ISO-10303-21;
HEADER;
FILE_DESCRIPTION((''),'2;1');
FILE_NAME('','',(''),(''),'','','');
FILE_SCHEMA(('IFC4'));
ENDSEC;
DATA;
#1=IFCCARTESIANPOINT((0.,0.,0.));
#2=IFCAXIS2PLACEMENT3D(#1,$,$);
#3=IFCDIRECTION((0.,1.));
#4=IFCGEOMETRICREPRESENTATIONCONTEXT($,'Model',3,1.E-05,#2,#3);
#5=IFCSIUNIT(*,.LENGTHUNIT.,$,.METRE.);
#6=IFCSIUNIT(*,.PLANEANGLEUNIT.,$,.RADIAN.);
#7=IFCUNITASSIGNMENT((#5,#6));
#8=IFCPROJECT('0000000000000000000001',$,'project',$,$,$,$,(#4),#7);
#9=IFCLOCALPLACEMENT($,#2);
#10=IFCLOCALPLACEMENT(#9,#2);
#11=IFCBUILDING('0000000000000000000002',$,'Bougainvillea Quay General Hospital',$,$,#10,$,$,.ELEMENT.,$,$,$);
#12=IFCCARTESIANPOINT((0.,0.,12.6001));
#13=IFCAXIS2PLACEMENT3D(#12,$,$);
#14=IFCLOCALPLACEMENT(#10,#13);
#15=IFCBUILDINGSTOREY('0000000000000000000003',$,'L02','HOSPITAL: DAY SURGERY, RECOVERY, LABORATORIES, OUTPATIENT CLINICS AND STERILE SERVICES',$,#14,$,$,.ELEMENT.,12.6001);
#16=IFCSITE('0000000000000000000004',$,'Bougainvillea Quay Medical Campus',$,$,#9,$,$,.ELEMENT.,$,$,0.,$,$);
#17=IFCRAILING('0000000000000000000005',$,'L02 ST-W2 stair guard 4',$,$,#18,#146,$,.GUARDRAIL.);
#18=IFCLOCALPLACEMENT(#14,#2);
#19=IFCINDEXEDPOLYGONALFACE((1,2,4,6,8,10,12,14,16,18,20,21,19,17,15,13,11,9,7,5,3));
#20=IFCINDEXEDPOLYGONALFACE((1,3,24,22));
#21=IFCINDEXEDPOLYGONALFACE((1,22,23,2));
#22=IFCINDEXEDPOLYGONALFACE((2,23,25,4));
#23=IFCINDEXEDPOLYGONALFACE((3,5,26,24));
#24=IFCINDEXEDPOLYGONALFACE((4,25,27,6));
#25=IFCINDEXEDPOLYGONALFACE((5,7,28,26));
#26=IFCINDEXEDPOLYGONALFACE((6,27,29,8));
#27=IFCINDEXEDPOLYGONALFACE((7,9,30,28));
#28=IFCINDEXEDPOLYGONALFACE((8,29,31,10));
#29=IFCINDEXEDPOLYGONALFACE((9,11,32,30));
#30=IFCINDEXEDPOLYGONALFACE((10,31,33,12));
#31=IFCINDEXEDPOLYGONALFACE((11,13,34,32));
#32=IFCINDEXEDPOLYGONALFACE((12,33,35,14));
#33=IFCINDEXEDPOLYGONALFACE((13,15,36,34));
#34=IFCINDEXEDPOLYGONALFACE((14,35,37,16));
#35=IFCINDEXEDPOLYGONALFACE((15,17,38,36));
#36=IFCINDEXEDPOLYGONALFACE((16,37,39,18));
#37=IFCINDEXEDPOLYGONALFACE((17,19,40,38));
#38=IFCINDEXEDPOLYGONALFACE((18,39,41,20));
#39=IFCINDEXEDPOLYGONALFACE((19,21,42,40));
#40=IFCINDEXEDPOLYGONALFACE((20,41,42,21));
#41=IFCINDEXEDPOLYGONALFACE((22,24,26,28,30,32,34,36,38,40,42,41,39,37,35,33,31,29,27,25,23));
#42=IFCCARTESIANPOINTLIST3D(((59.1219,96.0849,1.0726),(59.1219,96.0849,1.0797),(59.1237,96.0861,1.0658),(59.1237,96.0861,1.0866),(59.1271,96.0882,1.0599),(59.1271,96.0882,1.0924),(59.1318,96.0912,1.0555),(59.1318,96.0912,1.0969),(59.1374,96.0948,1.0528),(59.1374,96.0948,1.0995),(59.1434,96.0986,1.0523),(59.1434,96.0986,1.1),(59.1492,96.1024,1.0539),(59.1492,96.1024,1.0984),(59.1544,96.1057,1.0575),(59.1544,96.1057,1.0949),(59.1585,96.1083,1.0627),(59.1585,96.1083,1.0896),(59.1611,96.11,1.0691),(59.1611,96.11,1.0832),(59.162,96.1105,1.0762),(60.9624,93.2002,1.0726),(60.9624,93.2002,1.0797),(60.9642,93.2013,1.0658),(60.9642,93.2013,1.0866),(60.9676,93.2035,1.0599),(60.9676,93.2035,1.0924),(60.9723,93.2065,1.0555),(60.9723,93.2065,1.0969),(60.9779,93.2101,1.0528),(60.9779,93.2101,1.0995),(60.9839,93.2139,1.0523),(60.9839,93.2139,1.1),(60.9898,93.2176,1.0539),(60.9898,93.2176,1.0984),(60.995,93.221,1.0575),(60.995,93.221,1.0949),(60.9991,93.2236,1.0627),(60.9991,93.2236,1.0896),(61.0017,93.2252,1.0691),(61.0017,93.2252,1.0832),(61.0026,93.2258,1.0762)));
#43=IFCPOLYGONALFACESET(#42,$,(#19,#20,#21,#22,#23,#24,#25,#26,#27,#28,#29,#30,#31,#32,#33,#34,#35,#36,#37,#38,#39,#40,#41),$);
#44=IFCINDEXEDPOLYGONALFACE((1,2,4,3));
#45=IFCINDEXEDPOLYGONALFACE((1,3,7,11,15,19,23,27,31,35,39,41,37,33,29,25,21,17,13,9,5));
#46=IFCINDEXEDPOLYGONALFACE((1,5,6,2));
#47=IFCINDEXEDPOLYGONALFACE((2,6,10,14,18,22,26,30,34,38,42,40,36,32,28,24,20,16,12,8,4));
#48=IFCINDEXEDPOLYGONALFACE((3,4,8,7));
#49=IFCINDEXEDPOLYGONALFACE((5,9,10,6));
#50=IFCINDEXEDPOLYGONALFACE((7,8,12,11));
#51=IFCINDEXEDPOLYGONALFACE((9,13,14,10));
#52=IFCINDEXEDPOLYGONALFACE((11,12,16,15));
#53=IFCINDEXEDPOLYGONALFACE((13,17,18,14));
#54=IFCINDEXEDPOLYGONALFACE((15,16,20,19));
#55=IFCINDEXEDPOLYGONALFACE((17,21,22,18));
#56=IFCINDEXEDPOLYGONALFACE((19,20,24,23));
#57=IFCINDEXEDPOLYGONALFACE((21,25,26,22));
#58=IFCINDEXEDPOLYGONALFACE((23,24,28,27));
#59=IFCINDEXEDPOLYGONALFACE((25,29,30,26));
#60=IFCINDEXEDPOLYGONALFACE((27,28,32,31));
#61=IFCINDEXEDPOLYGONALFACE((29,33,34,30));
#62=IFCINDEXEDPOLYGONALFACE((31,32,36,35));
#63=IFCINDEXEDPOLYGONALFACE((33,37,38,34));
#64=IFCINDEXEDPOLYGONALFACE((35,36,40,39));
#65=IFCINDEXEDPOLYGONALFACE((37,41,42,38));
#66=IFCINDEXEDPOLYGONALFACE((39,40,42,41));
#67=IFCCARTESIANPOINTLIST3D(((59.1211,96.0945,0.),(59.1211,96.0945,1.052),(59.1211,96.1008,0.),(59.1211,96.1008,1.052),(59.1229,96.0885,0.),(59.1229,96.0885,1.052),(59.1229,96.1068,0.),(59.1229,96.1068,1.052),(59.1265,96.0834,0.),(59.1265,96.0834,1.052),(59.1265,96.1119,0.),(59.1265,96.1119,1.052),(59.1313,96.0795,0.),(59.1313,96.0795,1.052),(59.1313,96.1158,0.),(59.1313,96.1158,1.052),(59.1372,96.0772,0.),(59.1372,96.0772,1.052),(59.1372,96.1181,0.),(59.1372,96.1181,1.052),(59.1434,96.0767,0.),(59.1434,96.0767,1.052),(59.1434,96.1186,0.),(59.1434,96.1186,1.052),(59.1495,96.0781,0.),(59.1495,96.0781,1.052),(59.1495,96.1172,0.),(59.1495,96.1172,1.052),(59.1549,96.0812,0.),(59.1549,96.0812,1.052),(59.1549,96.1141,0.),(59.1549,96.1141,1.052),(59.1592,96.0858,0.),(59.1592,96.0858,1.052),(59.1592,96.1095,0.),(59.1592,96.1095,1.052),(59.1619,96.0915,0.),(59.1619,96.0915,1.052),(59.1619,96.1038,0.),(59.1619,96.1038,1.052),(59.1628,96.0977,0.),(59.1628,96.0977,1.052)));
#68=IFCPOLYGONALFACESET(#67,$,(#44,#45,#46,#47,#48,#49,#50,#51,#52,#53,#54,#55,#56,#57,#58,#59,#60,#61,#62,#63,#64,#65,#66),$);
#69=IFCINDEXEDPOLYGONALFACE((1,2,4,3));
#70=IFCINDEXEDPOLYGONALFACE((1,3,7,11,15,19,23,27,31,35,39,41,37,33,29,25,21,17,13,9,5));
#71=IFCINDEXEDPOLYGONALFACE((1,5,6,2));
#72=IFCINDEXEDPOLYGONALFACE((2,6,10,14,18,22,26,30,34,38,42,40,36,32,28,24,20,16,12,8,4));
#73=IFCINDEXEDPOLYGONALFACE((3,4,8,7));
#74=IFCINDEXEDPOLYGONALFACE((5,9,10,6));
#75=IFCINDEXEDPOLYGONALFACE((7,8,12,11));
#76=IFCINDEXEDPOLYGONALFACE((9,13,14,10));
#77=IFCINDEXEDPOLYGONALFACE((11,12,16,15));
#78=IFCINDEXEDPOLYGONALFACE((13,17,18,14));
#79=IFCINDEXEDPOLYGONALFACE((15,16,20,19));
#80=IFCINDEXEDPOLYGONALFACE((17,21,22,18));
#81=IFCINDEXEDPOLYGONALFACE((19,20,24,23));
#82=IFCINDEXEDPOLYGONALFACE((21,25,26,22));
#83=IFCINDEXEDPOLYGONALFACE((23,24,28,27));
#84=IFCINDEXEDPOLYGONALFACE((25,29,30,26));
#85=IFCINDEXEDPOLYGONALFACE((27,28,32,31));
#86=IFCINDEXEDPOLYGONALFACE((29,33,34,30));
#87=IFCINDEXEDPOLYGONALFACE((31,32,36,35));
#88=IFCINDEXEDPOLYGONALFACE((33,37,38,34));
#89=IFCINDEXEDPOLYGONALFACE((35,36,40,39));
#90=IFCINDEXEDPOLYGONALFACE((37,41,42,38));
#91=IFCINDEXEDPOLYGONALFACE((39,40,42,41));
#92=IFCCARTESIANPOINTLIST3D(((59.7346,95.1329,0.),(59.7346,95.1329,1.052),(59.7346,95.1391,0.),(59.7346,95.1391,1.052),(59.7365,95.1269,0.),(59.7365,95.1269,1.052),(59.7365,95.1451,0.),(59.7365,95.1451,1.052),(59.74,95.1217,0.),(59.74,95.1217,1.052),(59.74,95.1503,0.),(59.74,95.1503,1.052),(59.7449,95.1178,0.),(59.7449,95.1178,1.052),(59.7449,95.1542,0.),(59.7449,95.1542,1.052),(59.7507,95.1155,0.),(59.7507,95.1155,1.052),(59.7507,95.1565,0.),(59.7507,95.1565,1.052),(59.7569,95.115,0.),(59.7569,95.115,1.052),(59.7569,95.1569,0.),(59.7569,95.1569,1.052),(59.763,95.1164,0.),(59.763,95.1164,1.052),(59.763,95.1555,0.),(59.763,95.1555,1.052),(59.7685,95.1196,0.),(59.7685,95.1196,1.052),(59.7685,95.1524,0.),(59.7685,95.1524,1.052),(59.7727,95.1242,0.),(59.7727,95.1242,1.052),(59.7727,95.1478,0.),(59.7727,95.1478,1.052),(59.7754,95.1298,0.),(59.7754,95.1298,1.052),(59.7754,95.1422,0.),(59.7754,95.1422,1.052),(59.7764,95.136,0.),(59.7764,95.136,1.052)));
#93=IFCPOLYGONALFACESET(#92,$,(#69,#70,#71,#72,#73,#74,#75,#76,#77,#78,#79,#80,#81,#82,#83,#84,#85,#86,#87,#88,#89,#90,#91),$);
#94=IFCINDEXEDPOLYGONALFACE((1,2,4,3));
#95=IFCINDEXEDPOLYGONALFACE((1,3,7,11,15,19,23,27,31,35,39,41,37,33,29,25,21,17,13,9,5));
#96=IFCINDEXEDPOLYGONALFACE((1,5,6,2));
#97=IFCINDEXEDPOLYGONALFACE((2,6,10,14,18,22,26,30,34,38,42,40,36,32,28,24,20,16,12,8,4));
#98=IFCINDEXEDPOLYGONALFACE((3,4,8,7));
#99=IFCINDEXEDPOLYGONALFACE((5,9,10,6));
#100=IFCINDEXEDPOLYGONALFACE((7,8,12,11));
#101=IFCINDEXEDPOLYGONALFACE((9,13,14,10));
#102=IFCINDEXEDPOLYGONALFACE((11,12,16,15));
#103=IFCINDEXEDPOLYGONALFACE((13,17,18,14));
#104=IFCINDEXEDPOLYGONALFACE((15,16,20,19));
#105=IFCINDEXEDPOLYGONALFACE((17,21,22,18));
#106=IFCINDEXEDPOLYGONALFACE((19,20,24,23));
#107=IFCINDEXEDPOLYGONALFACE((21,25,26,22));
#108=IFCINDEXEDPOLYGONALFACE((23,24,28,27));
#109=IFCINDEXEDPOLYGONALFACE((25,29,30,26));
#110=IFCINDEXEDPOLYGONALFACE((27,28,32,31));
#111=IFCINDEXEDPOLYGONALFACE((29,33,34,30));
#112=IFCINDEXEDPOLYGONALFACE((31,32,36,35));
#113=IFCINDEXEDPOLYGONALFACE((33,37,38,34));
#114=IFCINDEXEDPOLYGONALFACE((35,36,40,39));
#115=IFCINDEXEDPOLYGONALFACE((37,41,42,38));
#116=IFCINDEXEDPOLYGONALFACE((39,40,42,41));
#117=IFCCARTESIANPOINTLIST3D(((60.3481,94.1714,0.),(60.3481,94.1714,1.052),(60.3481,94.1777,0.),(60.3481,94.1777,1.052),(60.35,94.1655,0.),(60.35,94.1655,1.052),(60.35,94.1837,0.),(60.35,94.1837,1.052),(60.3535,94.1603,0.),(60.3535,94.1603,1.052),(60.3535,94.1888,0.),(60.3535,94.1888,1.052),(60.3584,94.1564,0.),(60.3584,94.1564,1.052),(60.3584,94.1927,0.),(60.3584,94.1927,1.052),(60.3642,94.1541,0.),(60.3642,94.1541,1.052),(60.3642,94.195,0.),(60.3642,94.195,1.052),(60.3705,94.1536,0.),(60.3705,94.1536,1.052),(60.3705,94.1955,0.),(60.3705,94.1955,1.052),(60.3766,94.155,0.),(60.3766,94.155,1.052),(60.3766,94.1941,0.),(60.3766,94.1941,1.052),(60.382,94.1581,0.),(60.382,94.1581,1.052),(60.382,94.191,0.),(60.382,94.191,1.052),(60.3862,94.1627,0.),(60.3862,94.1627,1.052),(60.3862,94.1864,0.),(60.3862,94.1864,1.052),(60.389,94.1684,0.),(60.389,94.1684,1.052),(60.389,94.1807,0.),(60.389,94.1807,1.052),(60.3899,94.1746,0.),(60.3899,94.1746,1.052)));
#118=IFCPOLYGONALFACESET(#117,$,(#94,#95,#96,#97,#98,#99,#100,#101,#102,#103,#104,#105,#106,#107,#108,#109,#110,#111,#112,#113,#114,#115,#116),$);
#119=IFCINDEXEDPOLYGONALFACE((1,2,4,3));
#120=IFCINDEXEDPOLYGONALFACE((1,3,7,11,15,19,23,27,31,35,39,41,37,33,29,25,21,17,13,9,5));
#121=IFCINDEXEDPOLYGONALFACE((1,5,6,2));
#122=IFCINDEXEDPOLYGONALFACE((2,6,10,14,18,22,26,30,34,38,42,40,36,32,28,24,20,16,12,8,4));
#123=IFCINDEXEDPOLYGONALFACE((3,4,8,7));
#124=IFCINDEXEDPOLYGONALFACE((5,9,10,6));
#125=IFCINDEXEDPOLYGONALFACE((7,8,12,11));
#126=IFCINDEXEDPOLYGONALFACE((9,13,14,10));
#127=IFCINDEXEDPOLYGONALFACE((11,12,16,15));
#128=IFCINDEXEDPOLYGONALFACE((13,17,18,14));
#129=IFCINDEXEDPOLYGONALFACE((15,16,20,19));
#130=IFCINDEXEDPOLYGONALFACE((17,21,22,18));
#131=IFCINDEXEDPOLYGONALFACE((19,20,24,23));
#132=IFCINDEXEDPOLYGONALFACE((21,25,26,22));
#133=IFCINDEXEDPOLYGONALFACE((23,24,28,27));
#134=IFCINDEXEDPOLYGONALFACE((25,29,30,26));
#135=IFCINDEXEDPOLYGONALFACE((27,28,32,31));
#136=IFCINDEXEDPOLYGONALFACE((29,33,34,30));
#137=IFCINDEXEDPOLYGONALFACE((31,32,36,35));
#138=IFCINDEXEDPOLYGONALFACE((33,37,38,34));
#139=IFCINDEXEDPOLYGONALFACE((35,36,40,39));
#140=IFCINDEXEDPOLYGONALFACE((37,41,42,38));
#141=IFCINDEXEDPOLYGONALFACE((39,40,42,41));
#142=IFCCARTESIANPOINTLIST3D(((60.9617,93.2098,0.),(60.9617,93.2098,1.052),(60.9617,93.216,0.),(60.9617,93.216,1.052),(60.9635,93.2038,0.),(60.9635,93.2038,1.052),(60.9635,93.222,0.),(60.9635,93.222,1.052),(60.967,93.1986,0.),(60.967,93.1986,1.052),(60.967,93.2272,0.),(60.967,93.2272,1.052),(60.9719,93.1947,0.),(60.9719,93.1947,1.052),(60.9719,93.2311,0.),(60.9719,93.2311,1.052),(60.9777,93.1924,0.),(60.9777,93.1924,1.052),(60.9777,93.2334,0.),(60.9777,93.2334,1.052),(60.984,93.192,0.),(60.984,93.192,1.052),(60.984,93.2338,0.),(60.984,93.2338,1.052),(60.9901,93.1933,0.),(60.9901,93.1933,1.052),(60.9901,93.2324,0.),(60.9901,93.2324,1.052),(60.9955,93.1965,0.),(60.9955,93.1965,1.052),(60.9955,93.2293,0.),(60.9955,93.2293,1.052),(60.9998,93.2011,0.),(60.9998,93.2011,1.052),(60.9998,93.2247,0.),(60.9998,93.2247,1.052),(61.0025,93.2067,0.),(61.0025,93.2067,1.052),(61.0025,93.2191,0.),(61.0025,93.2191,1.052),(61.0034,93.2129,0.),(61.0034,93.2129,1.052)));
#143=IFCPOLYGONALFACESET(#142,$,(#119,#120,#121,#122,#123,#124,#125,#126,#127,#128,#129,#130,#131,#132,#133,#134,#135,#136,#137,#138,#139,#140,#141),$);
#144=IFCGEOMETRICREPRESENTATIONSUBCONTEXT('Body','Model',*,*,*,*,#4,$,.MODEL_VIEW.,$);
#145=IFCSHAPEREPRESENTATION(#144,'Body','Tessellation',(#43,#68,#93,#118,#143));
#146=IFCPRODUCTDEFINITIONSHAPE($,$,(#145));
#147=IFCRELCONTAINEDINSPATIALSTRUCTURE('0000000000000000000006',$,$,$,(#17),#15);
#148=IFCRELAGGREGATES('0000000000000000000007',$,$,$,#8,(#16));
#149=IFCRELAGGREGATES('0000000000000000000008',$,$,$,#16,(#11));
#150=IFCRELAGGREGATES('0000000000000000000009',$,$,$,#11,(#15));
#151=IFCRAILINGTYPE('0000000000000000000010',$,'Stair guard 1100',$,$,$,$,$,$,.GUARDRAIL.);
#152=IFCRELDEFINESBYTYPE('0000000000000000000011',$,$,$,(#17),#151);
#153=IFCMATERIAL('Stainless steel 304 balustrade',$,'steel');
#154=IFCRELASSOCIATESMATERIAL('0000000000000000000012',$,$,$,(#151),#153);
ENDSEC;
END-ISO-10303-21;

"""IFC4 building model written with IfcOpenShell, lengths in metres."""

from ifc_helpers import new_model, si_unit, direction, frame, origin, origin_2d, place, context, subcontext, project, spatial, circle, extrude, material, type_object, element, save


model = new_model("IFC4")

# Units and contexts
model_context = context("Model", 3, precision=1e-05, world=origin(), true_north=direction((0.0, 1.0)))
body_context = subcontext(model_context, "Body", "Model", "MODEL_VIEW")
ifc_project = project(units=[si_unit("LENGTHUNIT", "METRE"), si_unit("PLANEANGLEUNIT", "RADIAN")], contexts=[model_context])

# Site, building, storey
site_placement = place(None, origin())
site = spatial("IfcSite", under=ifc_project, at=site_placement, Name="Bougainvillea Quay Medical Campus", CompositionType="ELEMENT", RefElevation=0.0)
building_placement = place(site_placement, origin())
building = spatial("IfcBuilding", under=site, at=building_placement, Name="Bougainvillea Quay General Hospital", CompositionType="ELEMENT")
storey_placement = place(building_placement, frame((0.0, 0.0, 12.6001)))
storey = spatial("IfcBuildingStorey", under=building, at=storey_placement, Name="L02", Description="HOSPITAL: DAY SURGERY, RECOVERY, LABORATORIES, OUTPATIENT CLINICS AND STERILE SERVICES", CompositionType="ELEMENT", Elevation=12.6001)

# Railing
ifc_material_1 = material(Name="Stainless steel 304 balustrade", Category="steel")
railing_type_1 = type_object("IfcRailingType", Name="Stair guard 1100", PredefinedType="GUARDRAIL", material=ifc_material_1)
railing_1_placement = place(storey_placement, frame((59.1418, 96.0977, 0.0)))
element("IfcRailing", 1, at=railing_1_placement, inside=storey, type_object=railing_type_1, Name="L02 ST-W2 stair guard 4", PredefinedType="GUARDRAIL", context=body_context, shape_type="SweptSolid", body=[
    extrude(circle(Radius=0.0239, at=origin_2d()), frame((0.0, 0.0, 1.0762), z_axis=(0.537877, -0.843023, 0.0), x_axis=(0.843023, 0.537877, 0.0)), (0.0, 0.0, 1.0), 3.4219),
    extrude(circle(Radius=0.021, at=origin_2d()), origin(), (0.0, 0.0, 1.0), 1.052),
    extrude(circle(Radius=0.021, at=origin_2d()), frame((0.6135, -0.9617, 0.0)), (0.0, 0.0, 1.0), 1.052),
    extrude(circle(Radius=0.021, at=origin_2d()), frame((1.2271, -1.9231, 0.0)), (0.0, 0.0, 1.0), 1.052),
    extrude(circle(Radius=0.021, at=origin_2d()), frame((1.8406, -2.8848, 0.0)), (0.0, 0.0, 1.0), 1.052),
])

save(model, "model.ifc")
